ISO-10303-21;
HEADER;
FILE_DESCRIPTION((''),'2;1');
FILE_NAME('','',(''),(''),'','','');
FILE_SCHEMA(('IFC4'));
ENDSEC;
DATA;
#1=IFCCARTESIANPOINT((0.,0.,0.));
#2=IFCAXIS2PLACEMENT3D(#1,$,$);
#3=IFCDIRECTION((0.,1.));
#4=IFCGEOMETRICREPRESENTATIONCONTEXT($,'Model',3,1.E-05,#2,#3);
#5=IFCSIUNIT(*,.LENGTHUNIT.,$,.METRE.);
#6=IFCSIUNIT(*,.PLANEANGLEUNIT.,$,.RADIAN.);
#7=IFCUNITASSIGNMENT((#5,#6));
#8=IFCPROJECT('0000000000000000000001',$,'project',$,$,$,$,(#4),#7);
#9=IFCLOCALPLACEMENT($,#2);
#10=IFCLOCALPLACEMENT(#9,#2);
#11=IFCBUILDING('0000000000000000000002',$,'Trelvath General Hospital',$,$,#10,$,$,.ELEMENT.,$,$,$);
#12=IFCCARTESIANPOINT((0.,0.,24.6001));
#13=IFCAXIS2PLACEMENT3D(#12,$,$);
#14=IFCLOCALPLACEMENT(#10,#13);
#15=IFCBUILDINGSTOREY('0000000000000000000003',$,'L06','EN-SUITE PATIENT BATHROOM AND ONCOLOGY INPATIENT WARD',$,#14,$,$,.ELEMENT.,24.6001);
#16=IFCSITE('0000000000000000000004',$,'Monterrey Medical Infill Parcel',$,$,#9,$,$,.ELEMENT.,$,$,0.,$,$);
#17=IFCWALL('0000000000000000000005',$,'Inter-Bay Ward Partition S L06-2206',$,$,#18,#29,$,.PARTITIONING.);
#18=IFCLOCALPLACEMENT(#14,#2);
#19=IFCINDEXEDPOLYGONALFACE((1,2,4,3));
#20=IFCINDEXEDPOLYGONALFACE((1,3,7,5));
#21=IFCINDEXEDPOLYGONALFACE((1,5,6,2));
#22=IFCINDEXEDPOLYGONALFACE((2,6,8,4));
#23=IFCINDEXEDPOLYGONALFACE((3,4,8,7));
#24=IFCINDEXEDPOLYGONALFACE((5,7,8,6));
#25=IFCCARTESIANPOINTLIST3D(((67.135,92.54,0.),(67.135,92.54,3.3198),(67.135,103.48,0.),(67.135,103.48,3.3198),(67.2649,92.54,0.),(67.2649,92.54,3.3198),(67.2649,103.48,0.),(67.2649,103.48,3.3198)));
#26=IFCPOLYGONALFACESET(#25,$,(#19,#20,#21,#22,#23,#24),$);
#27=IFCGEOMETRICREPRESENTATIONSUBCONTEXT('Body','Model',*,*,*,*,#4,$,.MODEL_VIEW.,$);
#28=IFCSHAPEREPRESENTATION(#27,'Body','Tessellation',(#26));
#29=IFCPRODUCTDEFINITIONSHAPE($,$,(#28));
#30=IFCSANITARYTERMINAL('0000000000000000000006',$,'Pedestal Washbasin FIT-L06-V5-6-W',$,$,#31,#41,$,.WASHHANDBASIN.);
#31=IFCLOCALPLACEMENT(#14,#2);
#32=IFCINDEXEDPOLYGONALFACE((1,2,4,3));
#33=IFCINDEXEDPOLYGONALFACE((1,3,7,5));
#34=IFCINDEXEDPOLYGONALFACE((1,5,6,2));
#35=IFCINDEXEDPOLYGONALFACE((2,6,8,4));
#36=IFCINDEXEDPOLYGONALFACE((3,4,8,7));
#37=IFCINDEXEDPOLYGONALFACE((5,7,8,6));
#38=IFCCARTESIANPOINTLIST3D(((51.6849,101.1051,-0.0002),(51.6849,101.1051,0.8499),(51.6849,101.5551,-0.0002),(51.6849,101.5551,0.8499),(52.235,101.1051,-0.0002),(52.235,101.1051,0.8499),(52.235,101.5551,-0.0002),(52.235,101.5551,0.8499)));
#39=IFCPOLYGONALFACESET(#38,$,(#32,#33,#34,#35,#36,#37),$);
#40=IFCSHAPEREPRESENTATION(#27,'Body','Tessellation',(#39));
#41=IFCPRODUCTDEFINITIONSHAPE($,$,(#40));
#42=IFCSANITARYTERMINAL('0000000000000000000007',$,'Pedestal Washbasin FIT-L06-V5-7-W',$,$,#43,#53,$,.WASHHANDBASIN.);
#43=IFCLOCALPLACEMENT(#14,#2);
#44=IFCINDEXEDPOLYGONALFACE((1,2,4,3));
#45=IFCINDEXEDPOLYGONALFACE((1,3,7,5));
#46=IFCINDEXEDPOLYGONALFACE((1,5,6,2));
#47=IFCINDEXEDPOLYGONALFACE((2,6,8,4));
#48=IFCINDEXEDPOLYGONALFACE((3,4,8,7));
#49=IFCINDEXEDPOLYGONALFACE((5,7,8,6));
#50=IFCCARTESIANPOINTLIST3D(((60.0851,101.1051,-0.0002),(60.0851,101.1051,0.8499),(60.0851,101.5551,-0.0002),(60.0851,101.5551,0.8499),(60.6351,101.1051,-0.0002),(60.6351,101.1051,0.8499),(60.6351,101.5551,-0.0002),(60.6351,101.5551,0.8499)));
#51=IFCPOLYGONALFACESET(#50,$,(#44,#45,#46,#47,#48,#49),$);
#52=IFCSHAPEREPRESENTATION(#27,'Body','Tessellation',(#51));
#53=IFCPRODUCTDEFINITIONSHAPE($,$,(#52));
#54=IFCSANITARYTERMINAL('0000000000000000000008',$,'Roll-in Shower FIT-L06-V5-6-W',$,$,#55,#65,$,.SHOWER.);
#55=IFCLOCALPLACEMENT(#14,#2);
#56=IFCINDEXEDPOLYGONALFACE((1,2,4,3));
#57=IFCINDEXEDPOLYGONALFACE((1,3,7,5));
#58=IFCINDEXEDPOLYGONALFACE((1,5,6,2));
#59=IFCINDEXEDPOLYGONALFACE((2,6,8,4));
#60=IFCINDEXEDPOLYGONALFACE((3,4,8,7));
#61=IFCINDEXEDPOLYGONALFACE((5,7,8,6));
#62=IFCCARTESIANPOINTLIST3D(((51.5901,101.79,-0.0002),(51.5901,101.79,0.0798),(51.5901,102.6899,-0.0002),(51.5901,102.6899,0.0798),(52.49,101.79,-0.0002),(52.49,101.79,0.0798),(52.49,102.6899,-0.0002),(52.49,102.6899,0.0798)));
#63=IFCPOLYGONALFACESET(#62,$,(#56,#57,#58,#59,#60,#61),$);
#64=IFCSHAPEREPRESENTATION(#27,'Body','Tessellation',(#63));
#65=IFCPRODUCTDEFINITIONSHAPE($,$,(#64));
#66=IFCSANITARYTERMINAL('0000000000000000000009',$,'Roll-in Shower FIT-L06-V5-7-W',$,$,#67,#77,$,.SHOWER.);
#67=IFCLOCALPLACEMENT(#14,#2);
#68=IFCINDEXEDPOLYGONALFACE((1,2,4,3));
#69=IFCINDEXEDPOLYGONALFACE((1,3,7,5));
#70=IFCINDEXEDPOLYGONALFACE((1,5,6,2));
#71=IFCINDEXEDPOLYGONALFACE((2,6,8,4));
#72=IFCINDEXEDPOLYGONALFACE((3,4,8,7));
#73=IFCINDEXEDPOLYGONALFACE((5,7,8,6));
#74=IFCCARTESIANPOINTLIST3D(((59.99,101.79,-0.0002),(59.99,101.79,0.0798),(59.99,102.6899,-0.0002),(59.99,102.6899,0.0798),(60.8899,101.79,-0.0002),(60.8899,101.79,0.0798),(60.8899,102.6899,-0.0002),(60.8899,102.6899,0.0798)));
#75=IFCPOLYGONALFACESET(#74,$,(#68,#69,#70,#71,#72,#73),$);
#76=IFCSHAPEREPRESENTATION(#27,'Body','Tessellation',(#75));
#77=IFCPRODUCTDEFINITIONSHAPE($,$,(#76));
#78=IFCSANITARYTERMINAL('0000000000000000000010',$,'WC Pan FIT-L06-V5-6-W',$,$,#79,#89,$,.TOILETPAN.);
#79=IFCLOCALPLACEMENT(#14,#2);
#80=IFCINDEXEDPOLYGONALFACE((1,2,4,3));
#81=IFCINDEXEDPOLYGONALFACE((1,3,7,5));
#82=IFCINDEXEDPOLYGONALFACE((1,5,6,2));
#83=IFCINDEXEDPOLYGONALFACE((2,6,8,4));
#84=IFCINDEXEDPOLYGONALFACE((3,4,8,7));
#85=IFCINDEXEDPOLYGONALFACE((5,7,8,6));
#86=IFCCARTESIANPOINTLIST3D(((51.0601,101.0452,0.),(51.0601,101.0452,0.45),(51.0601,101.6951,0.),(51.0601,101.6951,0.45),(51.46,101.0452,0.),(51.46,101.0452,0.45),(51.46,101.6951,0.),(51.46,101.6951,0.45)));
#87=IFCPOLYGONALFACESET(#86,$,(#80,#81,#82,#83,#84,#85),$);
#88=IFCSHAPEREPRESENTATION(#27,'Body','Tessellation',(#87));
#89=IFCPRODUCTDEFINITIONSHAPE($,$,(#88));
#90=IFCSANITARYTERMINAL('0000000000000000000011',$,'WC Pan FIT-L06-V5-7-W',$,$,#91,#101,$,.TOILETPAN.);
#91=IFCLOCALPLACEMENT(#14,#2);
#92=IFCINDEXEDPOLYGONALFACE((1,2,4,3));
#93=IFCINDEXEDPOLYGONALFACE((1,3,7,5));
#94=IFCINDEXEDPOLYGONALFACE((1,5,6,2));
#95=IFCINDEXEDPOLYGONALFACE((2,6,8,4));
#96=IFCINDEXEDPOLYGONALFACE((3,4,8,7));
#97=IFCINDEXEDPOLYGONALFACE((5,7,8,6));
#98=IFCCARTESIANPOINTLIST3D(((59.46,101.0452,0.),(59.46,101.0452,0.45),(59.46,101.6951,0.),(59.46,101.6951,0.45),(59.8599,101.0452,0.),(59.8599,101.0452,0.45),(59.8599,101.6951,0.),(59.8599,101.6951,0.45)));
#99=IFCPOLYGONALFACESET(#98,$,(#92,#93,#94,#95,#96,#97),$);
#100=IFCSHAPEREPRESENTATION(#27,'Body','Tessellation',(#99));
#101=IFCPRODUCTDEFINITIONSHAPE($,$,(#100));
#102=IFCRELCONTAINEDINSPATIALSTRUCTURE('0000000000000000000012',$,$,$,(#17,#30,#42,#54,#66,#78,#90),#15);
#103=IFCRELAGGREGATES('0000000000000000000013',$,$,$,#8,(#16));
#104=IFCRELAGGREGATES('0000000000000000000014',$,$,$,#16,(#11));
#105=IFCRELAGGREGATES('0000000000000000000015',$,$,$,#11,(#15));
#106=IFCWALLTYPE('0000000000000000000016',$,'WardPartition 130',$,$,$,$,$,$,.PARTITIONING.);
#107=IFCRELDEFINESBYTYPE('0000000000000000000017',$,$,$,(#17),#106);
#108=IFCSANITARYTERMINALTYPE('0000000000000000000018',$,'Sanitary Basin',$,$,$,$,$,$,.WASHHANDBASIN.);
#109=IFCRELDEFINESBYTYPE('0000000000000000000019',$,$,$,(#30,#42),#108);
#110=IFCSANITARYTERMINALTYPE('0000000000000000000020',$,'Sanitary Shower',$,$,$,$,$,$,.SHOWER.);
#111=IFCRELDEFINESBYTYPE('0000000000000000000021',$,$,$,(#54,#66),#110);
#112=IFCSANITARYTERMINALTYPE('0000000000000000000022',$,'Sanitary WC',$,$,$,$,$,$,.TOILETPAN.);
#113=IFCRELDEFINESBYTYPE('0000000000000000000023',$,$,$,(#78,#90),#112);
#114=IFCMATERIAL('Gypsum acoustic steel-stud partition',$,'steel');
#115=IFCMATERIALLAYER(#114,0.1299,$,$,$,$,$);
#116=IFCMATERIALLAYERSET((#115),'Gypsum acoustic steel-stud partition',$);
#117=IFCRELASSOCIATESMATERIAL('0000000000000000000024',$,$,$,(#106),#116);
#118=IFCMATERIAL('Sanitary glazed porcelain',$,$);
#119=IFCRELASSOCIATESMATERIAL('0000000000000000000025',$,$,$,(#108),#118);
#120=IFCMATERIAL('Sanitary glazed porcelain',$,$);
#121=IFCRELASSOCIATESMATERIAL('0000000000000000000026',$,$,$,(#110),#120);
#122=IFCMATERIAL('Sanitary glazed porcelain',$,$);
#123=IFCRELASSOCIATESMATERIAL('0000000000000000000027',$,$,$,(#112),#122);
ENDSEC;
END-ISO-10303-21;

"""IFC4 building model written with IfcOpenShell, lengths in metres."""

from ifc_helpers import new_model, si_unit, direction, frame, frame_2d, origin, origin_2d, place, context, subcontext, project, spatial, rectangle, extrude, material, layer, layer_set, type_object, element, save


model = new_model("IFC4")

# Units and contexts
model_context = context("Model", 3, precision=1e-05, world=origin(), true_north=direction((0.0, 1.0)))
body_context = subcontext(model_context, "Body", "Model", "MODEL_VIEW")
ifc_project = project(units=[si_unit("LENGTHUNIT", "METRE"), si_unit("PLANEANGLEUNIT", "RADIAN")], contexts=[model_context])

# Site, building, storey
site_placement = place(None, origin())
site = spatial("IfcSite", under=ifc_project, at=site_placement, Name="Monterrey Medical Infill Parcel", CompositionType="ELEMENT", RefElevation=0.0)
building_placement = place(site_placement, origin())
building = spatial("IfcBuilding", under=site, at=building_placement, Name="Trelvath General Hospital", CompositionType="ELEMENT")
storey_placement = place(building_placement, frame((0.0, 0.0, 24.6001)))
storey = spatial("IfcBuildingStorey", under=building, at=storey_placement, Name="L06", Description="EN-SUITE PATIENT BATHROOM AND ONCOLOGY INPATIENT WARD", CompositionType="ELEMENT", Elevation=24.6001)

# Wall
ifc_material_1 = material(Name="Gypsum acoustic steel-stud partition", Category="steel")
ifc_layer_1 = layer(ifc_material_1, 0.1299)
ifc_layer_set_1 = layer_set([ifc_layer_1], Name="Gypsum acoustic steel-stud partition")
wall_type_1 = type_object("IfcWallType", Name="WardPartition 130", PredefinedType="PARTITIONING", material=ifc_layer_set_1)
wall_1_placement = place(storey_placement, frame((67.2, 92.54, 0.0), z_axis=(0.0, 0.0, 1.0), x_axis=(0.0, 1.0, 0.0)))
element("IfcWall", 1, at=wall_1_placement, inside=storey, type_object=wall_type_1, Name="Inter-Bay Ward Partition S L06-2206", PredefinedType="PARTITIONING", context=body_context, shape_type="SweptSolid", body=[
    extrude(rectangle(XDim=10.9399, YDim=0.1299, at=frame_2d((5.47, 0.0))), origin(), (0.0, 0.0, 1.0), 3.3198),
])

# Sanitary terminals
ifc_material_2 = material(Name="Sanitary glazed porcelain")
sanitary_terminal_type_1 = type_object("IfcSanitaryTerminalType", Name="Sanitary Basin", PredefinedType="WASHHANDBASIN", material=ifc_material_2)
for number, where, z_axis, x_axis, name in (
    (2, (51.96, 101.3301, -0.0002), (0.0, 0.0, 1.0), (1.0, 0.0, 0.0), "Pedestal Washbasin FIT-L06-V5-6-W"),
    (3, (60.3601, 101.3301, -0.0002), (0.0, 0.0, 1.0), (1.0, 0.0, 0.0), "Pedestal Washbasin FIT-L06-V5-7-W"),
):
    element("IfcSanitaryTerminal", number, at=place(storey_placement, frame(where, z_axis=z_axis, x_axis=x_axis)), inside=storey, type_object=sanitary_terminal_type_1, Name=name, PredefinedType="WASHHANDBASIN", context=body_context, shape_type="SweptSolid", body=[
        extrude(rectangle(XDim=0.55, YDim=0.45, at=origin_2d()), origin(), (0.0, 0.0, 1.0), 0.8501),
    ])
ifc_material_3 = material(Name="Sanitary glazed porcelain")
sanitary_terminal_type_2 = type_object("IfcSanitaryTerminalType", Name="Sanitary Shower", PredefinedType="SHOWER", material=ifc_material_3)
for number, where, z_axis, x_axis, name in (
    (4, (52.04, 102.24, -0.0002), (0.0, 0.0, 1.0), (1.0, 0.0, 0.0), "Roll-in Shower FIT-L06-V5-6-W"),
    (5, (60.4399, 102.24, -0.0002), (0.0, 0.0, 1.0), (1.0, 0.0, 0.0), "Roll-in Shower FIT-L06-V5-7-W"),
):
    element("IfcSanitaryTerminal", number, at=place(storey_placement, frame(where, z_axis=z_axis, x_axis=x_axis)), inside=storey, type_object=sanitary_terminal_type_2, Name=name, PredefinedType="SHOWER", context=body_context, shape_type="SweptSolid", body=[
        extrude(rectangle(XDim=0.8999, YDim=0.8999, at=origin_2d()), origin(), (0.0, 0.0, 1.0), 0.0801),
    ])
ifc_material_4 = material(Name="Sanitary glazed porcelain")
sanitary_terminal_type_3 = type_object("IfcSanitaryTerminalType", Name="Sanitary WC", PredefinedType="TOILETPAN", material=ifc_material_4)
for number, where, z_axis, x_axis, name in (
    (6, (51.26, 101.3701, 0.0), (0.0, 0.0, 1.0), (1.0, 0.0, 0.0), "WC Pan FIT-L06-V5-6-W"),
    (7, (59.6599, 101.3701, 0.0), (0.0, 0.0, 1.0), (1.0, 0.0, 0.0), "WC Pan FIT-L06-V5-7-W"),
):
    element("IfcSanitaryTerminal", number, at=place(storey_placement, frame(where, z_axis=z_axis, x_axis=x_axis)), inside=storey, type_object=sanitary_terminal_type_3, Name=name, PredefinedType="TOILETPAN", context=body_context, shape_type="SweptSolid", body=[
        extrude(rectangle(XDim=0.3999, YDim=0.6499, at=origin_2d()), origin(), (0.0, 0.0, 1.0), 0.45),
    ])

save(model, "model.ifc")
